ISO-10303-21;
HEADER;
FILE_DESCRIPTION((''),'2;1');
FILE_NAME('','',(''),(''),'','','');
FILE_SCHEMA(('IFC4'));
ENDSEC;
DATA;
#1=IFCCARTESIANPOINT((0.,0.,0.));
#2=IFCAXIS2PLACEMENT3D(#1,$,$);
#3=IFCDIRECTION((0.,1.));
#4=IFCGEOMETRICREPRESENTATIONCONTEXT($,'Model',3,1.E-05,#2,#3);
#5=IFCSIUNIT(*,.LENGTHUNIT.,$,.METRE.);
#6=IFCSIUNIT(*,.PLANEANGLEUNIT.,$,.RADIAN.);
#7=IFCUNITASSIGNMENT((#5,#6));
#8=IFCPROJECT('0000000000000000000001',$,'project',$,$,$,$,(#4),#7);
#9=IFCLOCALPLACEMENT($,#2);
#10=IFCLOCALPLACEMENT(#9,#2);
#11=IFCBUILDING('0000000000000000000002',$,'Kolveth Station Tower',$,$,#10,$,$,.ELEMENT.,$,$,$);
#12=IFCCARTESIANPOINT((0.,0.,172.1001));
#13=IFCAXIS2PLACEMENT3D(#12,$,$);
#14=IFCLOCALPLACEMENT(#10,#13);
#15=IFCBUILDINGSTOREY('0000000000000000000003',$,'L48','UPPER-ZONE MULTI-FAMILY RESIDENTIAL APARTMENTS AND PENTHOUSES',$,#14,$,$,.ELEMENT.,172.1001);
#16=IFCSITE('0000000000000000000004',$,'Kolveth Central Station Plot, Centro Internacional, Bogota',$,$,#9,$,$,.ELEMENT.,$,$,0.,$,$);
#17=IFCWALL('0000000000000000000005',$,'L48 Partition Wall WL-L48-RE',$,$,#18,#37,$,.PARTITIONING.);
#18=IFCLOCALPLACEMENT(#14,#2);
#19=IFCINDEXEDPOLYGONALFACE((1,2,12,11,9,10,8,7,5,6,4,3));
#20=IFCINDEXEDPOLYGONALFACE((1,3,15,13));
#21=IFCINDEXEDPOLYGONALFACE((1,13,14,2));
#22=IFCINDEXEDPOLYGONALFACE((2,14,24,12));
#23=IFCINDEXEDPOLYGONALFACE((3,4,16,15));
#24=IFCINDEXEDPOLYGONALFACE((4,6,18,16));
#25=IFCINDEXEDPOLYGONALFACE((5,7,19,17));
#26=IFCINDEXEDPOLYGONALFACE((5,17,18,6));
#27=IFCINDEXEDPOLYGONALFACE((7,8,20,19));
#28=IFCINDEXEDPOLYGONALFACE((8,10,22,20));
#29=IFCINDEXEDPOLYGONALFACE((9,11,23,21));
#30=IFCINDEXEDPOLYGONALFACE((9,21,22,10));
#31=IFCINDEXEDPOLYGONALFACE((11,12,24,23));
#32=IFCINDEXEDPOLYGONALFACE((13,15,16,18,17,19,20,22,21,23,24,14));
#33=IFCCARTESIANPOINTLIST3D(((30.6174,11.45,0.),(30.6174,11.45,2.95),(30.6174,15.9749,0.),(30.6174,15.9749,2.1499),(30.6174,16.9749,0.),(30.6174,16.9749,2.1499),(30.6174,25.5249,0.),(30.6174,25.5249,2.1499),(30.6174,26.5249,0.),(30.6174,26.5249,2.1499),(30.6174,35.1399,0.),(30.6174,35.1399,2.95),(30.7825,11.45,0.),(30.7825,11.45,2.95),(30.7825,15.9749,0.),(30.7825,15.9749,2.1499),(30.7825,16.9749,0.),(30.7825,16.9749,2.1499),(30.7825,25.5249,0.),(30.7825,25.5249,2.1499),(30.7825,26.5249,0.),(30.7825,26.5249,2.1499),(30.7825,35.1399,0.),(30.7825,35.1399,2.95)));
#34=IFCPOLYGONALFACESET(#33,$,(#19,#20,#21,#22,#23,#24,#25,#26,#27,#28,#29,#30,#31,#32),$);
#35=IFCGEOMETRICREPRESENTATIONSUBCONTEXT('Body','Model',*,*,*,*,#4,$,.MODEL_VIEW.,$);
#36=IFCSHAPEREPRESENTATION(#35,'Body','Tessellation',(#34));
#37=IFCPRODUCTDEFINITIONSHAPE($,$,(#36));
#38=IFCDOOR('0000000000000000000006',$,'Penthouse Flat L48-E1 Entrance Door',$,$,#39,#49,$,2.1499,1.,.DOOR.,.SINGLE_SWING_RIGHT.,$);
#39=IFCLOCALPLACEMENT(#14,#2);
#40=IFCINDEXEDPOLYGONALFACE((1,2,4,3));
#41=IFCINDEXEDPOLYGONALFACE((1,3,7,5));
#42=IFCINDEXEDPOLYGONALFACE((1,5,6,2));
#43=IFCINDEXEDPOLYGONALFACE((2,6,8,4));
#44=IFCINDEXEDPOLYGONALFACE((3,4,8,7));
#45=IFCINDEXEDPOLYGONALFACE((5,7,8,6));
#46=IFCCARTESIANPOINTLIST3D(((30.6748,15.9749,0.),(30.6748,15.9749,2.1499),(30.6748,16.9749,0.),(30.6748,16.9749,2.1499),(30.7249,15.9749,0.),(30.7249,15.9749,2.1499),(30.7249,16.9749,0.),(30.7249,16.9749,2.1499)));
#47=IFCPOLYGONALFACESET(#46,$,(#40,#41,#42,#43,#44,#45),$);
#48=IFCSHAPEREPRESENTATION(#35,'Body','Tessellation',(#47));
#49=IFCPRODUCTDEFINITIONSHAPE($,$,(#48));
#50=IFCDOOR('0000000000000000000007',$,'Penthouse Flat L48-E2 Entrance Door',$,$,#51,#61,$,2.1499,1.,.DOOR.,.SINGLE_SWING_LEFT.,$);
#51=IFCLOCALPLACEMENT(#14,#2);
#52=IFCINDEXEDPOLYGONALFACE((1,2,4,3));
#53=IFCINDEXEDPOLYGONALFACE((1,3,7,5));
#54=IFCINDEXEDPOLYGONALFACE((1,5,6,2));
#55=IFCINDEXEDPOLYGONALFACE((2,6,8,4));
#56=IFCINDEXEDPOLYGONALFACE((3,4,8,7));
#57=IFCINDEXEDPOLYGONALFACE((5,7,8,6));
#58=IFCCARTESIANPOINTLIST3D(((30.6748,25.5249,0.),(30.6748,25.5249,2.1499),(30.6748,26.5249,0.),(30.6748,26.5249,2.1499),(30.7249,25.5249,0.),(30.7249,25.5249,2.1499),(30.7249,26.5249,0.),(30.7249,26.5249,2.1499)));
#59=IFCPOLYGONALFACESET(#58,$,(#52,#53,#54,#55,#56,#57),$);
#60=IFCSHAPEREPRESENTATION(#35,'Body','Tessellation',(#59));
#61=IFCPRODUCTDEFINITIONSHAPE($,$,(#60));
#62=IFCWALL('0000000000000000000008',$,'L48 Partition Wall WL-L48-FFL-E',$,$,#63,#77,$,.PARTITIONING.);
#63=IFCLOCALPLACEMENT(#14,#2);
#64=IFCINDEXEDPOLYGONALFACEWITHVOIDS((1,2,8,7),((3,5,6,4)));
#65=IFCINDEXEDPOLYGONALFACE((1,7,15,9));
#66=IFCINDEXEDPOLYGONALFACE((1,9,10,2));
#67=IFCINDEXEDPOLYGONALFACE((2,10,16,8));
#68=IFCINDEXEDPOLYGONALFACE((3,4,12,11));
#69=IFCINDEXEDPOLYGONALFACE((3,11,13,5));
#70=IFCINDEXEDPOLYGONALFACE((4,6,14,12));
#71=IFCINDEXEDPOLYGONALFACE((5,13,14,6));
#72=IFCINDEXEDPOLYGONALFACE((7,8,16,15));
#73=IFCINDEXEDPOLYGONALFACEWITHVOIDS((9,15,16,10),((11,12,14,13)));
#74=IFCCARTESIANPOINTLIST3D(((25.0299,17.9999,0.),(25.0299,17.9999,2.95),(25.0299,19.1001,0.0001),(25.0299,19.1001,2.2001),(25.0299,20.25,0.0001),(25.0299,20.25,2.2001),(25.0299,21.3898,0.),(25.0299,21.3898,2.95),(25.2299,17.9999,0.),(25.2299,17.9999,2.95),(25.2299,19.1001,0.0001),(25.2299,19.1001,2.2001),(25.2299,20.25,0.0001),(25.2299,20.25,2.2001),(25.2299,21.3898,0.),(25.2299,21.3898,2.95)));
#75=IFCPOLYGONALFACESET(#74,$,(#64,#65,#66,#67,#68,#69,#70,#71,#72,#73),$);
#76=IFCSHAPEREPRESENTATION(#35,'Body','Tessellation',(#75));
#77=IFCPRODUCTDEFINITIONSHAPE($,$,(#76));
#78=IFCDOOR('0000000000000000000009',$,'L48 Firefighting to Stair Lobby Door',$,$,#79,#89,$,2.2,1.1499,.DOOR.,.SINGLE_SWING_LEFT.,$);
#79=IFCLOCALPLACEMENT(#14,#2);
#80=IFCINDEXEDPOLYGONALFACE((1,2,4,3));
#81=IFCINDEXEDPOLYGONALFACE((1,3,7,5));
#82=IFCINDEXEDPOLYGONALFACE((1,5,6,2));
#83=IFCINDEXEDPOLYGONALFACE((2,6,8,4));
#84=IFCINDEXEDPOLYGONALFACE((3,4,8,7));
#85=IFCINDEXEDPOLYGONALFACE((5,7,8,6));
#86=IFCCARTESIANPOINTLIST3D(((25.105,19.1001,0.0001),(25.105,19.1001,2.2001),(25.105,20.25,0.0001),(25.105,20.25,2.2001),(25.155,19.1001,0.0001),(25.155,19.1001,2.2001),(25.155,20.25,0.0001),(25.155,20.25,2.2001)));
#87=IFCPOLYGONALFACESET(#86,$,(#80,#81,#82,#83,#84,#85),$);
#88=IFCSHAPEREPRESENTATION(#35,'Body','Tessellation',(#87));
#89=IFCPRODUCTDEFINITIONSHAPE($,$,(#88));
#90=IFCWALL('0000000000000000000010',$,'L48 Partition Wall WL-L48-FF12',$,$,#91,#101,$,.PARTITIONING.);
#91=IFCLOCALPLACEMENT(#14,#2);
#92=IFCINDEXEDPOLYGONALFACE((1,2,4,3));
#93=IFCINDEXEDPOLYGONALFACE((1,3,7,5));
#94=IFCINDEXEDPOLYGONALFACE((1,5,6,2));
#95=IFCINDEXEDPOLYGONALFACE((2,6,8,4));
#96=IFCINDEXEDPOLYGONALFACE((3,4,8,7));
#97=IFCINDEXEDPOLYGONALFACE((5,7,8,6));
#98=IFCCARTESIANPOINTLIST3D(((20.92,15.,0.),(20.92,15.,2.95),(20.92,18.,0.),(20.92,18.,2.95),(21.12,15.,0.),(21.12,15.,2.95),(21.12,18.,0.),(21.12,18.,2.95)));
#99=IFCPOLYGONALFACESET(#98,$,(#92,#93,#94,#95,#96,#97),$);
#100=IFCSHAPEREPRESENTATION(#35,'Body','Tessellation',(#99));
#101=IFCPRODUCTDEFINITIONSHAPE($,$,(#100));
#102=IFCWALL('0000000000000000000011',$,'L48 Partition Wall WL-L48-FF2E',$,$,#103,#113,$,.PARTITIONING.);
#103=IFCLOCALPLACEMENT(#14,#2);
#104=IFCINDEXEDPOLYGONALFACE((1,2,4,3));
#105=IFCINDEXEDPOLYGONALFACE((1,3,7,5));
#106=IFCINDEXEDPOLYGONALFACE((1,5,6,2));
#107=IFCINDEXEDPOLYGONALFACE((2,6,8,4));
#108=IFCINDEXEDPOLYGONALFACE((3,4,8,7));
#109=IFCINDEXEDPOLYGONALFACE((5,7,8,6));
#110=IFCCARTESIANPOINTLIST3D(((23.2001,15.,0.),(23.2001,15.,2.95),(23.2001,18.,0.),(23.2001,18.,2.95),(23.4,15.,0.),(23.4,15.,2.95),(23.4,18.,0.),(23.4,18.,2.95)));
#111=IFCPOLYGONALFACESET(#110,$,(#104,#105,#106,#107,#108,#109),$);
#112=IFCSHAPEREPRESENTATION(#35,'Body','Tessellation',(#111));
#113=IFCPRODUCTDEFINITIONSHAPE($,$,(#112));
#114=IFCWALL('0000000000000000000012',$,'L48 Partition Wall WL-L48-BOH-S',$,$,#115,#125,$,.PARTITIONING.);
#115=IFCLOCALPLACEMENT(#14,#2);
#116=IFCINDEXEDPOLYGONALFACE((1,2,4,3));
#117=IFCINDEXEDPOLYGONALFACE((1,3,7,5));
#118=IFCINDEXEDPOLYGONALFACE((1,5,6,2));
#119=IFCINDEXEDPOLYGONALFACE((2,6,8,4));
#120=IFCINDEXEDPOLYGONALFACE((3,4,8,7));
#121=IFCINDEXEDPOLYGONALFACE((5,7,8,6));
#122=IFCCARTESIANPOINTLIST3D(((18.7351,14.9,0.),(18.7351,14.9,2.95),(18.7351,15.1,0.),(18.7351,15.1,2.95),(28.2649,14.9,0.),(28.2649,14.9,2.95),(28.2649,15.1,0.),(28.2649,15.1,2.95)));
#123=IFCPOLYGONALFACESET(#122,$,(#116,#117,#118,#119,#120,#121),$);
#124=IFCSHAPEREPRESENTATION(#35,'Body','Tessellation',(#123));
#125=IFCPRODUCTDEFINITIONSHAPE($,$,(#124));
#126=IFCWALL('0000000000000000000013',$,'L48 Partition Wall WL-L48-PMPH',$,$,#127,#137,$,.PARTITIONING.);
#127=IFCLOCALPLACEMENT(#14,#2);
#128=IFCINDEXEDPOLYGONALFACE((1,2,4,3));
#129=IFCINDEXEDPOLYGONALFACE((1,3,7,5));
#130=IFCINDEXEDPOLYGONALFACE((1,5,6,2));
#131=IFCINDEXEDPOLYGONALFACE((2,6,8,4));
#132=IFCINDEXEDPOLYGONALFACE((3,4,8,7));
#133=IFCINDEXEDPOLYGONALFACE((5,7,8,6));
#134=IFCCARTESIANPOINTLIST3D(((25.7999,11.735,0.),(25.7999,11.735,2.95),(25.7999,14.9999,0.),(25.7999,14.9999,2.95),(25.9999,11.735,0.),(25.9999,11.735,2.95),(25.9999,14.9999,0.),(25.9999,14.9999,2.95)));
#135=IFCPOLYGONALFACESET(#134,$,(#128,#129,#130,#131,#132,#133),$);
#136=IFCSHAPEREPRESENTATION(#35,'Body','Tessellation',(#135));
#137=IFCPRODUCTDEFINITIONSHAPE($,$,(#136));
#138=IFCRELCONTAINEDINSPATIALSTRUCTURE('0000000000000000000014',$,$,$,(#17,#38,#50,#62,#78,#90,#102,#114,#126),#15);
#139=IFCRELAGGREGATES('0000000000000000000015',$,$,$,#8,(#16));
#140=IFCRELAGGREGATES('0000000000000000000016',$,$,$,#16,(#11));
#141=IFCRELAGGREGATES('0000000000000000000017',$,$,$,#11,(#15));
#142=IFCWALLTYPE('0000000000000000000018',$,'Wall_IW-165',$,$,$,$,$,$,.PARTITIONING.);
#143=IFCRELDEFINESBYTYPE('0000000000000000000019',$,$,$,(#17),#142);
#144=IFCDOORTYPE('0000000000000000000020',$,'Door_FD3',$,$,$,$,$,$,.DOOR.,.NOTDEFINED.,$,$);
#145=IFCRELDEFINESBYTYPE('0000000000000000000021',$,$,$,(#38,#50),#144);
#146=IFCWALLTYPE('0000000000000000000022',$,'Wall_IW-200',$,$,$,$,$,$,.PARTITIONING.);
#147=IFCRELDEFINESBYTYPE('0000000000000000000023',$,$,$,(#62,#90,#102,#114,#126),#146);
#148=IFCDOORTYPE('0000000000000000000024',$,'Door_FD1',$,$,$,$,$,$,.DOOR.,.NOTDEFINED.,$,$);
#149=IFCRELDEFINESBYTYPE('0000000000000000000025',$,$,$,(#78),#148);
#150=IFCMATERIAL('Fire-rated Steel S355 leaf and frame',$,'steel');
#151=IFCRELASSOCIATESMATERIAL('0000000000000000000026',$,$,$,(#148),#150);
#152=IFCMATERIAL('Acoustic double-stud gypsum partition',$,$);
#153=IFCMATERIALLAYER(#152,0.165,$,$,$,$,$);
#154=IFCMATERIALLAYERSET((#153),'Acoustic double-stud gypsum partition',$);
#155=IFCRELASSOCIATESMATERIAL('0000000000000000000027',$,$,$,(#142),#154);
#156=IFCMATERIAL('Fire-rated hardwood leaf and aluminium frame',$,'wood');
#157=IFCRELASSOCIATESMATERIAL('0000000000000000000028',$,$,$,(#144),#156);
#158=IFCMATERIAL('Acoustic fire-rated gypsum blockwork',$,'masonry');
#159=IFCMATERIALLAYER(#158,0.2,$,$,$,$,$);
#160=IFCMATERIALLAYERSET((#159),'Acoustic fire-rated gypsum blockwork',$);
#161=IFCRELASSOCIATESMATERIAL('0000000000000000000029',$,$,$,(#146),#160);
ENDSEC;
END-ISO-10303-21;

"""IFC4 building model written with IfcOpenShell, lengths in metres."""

from ifc_helpers import new_model, si_unit, direction, frame, frame_2d, origin, place, context, subcontext, project, spatial, rectangle, extrude, material, layer, layer_set, type_object, element, fill, save


model = new_model("IFC4")

# Units and contexts
model_context = context("Model", 3, precision=1e-05, world=origin(), true_north=direction((0.0, 1.0)))
body_context = subcontext(model_context, "Body", "Model", "MODEL_VIEW")
ifc_project = project(units=[si_unit("LENGTHUNIT", "METRE"), si_unit("PLANEANGLEUNIT", "RADIAN")], contexts=[model_context])

# Site, building, storey
site_placement = place(None, origin())
site = spatial("IfcSite", under=ifc_project, at=site_placement, Name="Kolveth Central Station Plot, Centro Internacional, Bogota", CompositionType="ELEMENT", RefElevation=0.0)
building_placement = place(site_placement, origin())
building = spatial("IfcBuilding", under=site, at=building_placement, Name="Kolveth Station Tower", CompositionType="ELEMENT")
storey_placement = place(building_placement, frame((0.0, 0.0, 172.1001)))
storey = spatial("IfcBuildingStorey", under=building, at=storey_placement, Name="L48", Description="UPPER-ZONE MULTI-FAMILY RESIDENTIAL APARTMENTS AND PENTHOUSES", CompositionType="ELEMENT", Elevation=172.1001)

# Shared definitions
ifc_material_1 = material(Name="Fire-rated Steel S355 leaf and frame", Category="steel")
door_type_1 = type_object("IfcDoorType", Name="Door_FD1", OperationType="NOTDEFINED", PredefinedType="DOOR", material=ifc_material_1)

# Shared definitions
ifc_material_2 = material(Name="Acoustic double-stud gypsum partition")
ifc_layer_1 = layer(ifc_material_2, 0.165)
ifc_layer_set_1 = layer_set([ifc_layer_1], Name="Acoustic double-stud gypsum partition")
wall_type_1 = type_object("IfcWallType", Name="Wall_IW-165", PredefinedType="PARTITIONING", material=ifc_layer_set_1)

# Wall, openings, doors
wall_1_placement = place(storey_placement, frame((30.7, 11.45, 0.0), z_axis=(0.0, 0.0, 1.0), x_axis=(0.0, 1.0, 0.0)))
wall_1 = element("IfcWall", 1, at=wall_1_placement, inside=storey, type_object=wall_type_1, Name="L48 Partition Wall WL-L48-RE", PredefinedType="PARTITIONING", context=body_context, shape_type="SweptSolid", body=[
    extrude(rectangle(XDim=23.6899, YDim=0.165, at=frame_2d((11.845, 0.0))), origin(), (0.0, 0.0, 1.0), 2.95),
])
opening_1_placement = place(wall_1_placement, frame((4.5249, 0.0, 0.0)))
opening_1 = element("IfcOpeningElement", 2, at=opening_1_placement, cuts=wall_1, PredefinedType="OPENING", context=body_context, shape_type="SweptSolid", body=[
    extrude(rectangle(XDim=1.0, YDim=2.1499, at=frame_2d((0.5, 1.075))), frame((0.0, 0.0925, 0.0), z_axis=(0.0, -1.0, 0.0), x_axis=(1.0, 0.0, 0.0)), (0.0, 0.0, 1.0), 0.1851),
])
opening_2_placement = place(wall_1_placement, frame((14.075, 0.0, 0.0)))
opening_2 = element("IfcOpeningElement", 3, at=opening_2_placement, cuts=wall_1, PredefinedType="OPENING", context=body_context, shape_type="SweptSolid", body=[
    extrude(rectangle(XDim=1.0, YDim=2.1499, at=frame_2d((0.5, 1.075))), frame((0.0, 0.0925, 0.0), z_axis=(0.0, -1.0, 0.0), x_axis=(1.0, 0.0, 0.0)), (0.0, 0.0, 1.0), 0.1851),
])
ifc_material_3 = material(Name="Fire-rated hardwood leaf and aluminium frame", Category="wood")
door_type_2 = type_object("IfcDoorType", Name="Door_FD3", OperationType="NOTDEFINED", PredefinedType="DOOR", material=ifc_material_3)
door_1_placement = place(opening_1_placement, frame((1.0, 0.0, 0.0), z_axis=(0.0, 0.0, 1.0), x_axis=(-1.0, 0.0, 0.0)))
door_1 = element("IfcDoor", 4, at=door_1_placement, inside=storey, type_object=door_type_2, Name="Penthouse Flat L48-E1 Entrance Door", OperationType="SINGLE_SWING_RIGHT", OverallHeight=2.1499, OverallWidth=1.0, PredefinedType="DOOR", context=body_context, shape_type="SweptSolid", body=[
    extrude(rectangle(XDim=1.0, YDim=2.1499, at=frame_2d((0.5, 1.075))), frame((0.0, 0.0249, 0.0), z_axis=(0.0, -1.0, 0.0), x_axis=(1.0, 0.0, 0.0)), (0.0, 0.0, 1.0), 0.05),
])
fill(opening_1, door_1)
door_2_placement = place(opening_2_placement, frame((1.0, 0.0, 0.0), z_axis=(0.0, 0.0, 1.0), x_axis=(-1.0, 0.0, 0.0)))
door_2 = element("IfcDoor", 5, at=door_2_placement, inside=storey, type_object=door_type_2, Name="Penthouse Flat L48-E2 Entrance Door", OperationType="SINGLE_SWING_LEFT", OverallHeight=2.1499, OverallWidth=1.0, PredefinedType="DOOR", context=body_context, shape_type="SweptSolid", body=[
    extrude(rectangle(XDim=1.0, YDim=2.1499, at=frame_2d((0.5, 1.075))), frame((0.0, 0.0249, 0.0), z_axis=(0.0, -1.0, 0.0), x_axis=(1.0, 0.0, 0.0)), (0.0, 0.0, 1.0), 0.05),
])
fill(opening_2, door_2)

# Wall, opening, door
ifc_material_4 = material(Name="Acoustic fire-rated gypsum blockwork", Category="masonry")
ifc_layer_2 = layer(ifc_material_4, 0.2)
ifc_layer_set_2 = layer_set([ifc_layer_2], Name="Acoustic fire-rated gypsum blockwork")
wall_type_2 = type_object("IfcWallType", Name="Wall_IW-200", PredefinedType="PARTITIONING", material=ifc_layer_set_2)
wall_2_placement = place(storey_placement, frame((25.1299, 18.0, 0.0), z_axis=(0.0, 0.0, 1.0), x_axis=(0.0, 1.0, 0.0)))
wall_2 = element("IfcWall", 6, at=wall_2_placement, inside=storey, type_object=wall_type_2, Name="L48 Partition Wall WL-L48-FFL-E", PredefinedType="PARTITIONING", context=body_context, shape_type="SweptSolid", body=[
    extrude(rectangle(XDim=3.3899, YDim=0.2, at=frame_2d((1.6948, 0.0))), origin(), (0.0, 0.0, 1.0), 2.95),
])
opening_3_placement = place(wall_2_placement, frame((1.1001, 0.0, 0.0)))
opening_3 = element("IfcOpeningElement", 7, at=opening_3_placement, cuts=wall_2, PredefinedType="OPENING", context=body_context, shape_type="SweptSolid", body=[
    extrude(rectangle(XDim=1.1499, YDim=2.2, at=frame_2d((0.575, 1.1001))), frame((0.0, 0.1099, 0.0), z_axis=(0.0, -1.0, 0.0), x_axis=(1.0, 0.0, 0.0)), (0.0, 0.0, 1.0), 0.22),
])
door_3_placement = place(opening_3_placement, origin())
door_3 = element("IfcDoor", 8, at=door_3_placement, inside=storey, type_object=door_type_1, Name="L48 Firefighting to Stair Lobby Door", OperationType="SINGLE_SWING_LEFT", OverallHeight=2.2, OverallWidth=1.1499, PredefinedType="DOOR", context=body_context, shape_type="SweptSolid", body=[
    extrude(rectangle(XDim=1.1499, YDim=2.2, at=frame_2d((0.575, 1.1001))), frame((0.0, 0.0249, 0.0), z_axis=(0.0, -1.0, 0.0), x_axis=(1.0, 0.0, 0.0)), (0.0, 0.0, 1.0), 0.05),
])
fill(opening_3, door_3)

# Walls
for number, where, z_axis, x_axis, name in (
    (9, (21.02, 15.0, 0.0), (0.0, 0.0, 1.0), (0.0, 1.0, 0.0), "L48 Partition Wall WL-L48-FF12"),
    (10, (23.3, 15.0, 0.0), (0.0, 0.0, 1.0), (0.0, 1.0, 0.0), "L48 Partition Wall WL-L48-FF2E"),
):
    element("IfcWall", number, at=place(storey_placement, frame(where, z_axis=z_axis, x_axis=x_axis)), inside=storey, type_object=wall_type_2, Name=name, PredefinedType="PARTITIONING", context=body_context, shape_type="SweptSolid", body=[
        extrude(rectangle(XDim=3.0, YDim=0.2, at=frame_2d((1.5, 0.0))), origin(), (0.0, 0.0, 1.0), 2.95),
    ])
wall_3_placement = place(storey_placement, frame((18.7351, 15.0, 0.0), z_axis=(0.0, 0.0, 1.0), x_axis=(1.0, 0.0, 0.0)))
element("IfcWall", 11, at=wall_3_placement, inside=storey, type_object=wall_type_2, Name="L48 Partition Wall WL-L48-BOH-S", PredefinedType="PARTITIONING", context=body_context, shape_type="SweptSolid", body=[
    extrude(rectangle(XDim=9.5298, YDim=0.2, at=frame_2d((4.7649, 0.0))), origin(), (0.0, 0.0, 1.0), 2.95),
])
wall_4_placement = place(storey_placement, frame((25.8999, 11.7351, 0.0), z_axis=(0.0, 0.0, 1.0), x_axis=(0.0, 1.0, 0.0)))
element("IfcWall", 12, at=wall_4_placement, inside=storey, type_object=wall_type_2, Name="L48 Partition Wall WL-L48-PMPH", PredefinedType="PARTITIONING", context=body_context, shape_type="SweptSolid", body=[
    extrude(rectangle(XDim=3.2649, YDim=0.2, at=frame_2d((1.6323, 0.0))), origin(), (0.0, 0.0, 1.0), 2.95),
])

save(model, "model.ifc")
